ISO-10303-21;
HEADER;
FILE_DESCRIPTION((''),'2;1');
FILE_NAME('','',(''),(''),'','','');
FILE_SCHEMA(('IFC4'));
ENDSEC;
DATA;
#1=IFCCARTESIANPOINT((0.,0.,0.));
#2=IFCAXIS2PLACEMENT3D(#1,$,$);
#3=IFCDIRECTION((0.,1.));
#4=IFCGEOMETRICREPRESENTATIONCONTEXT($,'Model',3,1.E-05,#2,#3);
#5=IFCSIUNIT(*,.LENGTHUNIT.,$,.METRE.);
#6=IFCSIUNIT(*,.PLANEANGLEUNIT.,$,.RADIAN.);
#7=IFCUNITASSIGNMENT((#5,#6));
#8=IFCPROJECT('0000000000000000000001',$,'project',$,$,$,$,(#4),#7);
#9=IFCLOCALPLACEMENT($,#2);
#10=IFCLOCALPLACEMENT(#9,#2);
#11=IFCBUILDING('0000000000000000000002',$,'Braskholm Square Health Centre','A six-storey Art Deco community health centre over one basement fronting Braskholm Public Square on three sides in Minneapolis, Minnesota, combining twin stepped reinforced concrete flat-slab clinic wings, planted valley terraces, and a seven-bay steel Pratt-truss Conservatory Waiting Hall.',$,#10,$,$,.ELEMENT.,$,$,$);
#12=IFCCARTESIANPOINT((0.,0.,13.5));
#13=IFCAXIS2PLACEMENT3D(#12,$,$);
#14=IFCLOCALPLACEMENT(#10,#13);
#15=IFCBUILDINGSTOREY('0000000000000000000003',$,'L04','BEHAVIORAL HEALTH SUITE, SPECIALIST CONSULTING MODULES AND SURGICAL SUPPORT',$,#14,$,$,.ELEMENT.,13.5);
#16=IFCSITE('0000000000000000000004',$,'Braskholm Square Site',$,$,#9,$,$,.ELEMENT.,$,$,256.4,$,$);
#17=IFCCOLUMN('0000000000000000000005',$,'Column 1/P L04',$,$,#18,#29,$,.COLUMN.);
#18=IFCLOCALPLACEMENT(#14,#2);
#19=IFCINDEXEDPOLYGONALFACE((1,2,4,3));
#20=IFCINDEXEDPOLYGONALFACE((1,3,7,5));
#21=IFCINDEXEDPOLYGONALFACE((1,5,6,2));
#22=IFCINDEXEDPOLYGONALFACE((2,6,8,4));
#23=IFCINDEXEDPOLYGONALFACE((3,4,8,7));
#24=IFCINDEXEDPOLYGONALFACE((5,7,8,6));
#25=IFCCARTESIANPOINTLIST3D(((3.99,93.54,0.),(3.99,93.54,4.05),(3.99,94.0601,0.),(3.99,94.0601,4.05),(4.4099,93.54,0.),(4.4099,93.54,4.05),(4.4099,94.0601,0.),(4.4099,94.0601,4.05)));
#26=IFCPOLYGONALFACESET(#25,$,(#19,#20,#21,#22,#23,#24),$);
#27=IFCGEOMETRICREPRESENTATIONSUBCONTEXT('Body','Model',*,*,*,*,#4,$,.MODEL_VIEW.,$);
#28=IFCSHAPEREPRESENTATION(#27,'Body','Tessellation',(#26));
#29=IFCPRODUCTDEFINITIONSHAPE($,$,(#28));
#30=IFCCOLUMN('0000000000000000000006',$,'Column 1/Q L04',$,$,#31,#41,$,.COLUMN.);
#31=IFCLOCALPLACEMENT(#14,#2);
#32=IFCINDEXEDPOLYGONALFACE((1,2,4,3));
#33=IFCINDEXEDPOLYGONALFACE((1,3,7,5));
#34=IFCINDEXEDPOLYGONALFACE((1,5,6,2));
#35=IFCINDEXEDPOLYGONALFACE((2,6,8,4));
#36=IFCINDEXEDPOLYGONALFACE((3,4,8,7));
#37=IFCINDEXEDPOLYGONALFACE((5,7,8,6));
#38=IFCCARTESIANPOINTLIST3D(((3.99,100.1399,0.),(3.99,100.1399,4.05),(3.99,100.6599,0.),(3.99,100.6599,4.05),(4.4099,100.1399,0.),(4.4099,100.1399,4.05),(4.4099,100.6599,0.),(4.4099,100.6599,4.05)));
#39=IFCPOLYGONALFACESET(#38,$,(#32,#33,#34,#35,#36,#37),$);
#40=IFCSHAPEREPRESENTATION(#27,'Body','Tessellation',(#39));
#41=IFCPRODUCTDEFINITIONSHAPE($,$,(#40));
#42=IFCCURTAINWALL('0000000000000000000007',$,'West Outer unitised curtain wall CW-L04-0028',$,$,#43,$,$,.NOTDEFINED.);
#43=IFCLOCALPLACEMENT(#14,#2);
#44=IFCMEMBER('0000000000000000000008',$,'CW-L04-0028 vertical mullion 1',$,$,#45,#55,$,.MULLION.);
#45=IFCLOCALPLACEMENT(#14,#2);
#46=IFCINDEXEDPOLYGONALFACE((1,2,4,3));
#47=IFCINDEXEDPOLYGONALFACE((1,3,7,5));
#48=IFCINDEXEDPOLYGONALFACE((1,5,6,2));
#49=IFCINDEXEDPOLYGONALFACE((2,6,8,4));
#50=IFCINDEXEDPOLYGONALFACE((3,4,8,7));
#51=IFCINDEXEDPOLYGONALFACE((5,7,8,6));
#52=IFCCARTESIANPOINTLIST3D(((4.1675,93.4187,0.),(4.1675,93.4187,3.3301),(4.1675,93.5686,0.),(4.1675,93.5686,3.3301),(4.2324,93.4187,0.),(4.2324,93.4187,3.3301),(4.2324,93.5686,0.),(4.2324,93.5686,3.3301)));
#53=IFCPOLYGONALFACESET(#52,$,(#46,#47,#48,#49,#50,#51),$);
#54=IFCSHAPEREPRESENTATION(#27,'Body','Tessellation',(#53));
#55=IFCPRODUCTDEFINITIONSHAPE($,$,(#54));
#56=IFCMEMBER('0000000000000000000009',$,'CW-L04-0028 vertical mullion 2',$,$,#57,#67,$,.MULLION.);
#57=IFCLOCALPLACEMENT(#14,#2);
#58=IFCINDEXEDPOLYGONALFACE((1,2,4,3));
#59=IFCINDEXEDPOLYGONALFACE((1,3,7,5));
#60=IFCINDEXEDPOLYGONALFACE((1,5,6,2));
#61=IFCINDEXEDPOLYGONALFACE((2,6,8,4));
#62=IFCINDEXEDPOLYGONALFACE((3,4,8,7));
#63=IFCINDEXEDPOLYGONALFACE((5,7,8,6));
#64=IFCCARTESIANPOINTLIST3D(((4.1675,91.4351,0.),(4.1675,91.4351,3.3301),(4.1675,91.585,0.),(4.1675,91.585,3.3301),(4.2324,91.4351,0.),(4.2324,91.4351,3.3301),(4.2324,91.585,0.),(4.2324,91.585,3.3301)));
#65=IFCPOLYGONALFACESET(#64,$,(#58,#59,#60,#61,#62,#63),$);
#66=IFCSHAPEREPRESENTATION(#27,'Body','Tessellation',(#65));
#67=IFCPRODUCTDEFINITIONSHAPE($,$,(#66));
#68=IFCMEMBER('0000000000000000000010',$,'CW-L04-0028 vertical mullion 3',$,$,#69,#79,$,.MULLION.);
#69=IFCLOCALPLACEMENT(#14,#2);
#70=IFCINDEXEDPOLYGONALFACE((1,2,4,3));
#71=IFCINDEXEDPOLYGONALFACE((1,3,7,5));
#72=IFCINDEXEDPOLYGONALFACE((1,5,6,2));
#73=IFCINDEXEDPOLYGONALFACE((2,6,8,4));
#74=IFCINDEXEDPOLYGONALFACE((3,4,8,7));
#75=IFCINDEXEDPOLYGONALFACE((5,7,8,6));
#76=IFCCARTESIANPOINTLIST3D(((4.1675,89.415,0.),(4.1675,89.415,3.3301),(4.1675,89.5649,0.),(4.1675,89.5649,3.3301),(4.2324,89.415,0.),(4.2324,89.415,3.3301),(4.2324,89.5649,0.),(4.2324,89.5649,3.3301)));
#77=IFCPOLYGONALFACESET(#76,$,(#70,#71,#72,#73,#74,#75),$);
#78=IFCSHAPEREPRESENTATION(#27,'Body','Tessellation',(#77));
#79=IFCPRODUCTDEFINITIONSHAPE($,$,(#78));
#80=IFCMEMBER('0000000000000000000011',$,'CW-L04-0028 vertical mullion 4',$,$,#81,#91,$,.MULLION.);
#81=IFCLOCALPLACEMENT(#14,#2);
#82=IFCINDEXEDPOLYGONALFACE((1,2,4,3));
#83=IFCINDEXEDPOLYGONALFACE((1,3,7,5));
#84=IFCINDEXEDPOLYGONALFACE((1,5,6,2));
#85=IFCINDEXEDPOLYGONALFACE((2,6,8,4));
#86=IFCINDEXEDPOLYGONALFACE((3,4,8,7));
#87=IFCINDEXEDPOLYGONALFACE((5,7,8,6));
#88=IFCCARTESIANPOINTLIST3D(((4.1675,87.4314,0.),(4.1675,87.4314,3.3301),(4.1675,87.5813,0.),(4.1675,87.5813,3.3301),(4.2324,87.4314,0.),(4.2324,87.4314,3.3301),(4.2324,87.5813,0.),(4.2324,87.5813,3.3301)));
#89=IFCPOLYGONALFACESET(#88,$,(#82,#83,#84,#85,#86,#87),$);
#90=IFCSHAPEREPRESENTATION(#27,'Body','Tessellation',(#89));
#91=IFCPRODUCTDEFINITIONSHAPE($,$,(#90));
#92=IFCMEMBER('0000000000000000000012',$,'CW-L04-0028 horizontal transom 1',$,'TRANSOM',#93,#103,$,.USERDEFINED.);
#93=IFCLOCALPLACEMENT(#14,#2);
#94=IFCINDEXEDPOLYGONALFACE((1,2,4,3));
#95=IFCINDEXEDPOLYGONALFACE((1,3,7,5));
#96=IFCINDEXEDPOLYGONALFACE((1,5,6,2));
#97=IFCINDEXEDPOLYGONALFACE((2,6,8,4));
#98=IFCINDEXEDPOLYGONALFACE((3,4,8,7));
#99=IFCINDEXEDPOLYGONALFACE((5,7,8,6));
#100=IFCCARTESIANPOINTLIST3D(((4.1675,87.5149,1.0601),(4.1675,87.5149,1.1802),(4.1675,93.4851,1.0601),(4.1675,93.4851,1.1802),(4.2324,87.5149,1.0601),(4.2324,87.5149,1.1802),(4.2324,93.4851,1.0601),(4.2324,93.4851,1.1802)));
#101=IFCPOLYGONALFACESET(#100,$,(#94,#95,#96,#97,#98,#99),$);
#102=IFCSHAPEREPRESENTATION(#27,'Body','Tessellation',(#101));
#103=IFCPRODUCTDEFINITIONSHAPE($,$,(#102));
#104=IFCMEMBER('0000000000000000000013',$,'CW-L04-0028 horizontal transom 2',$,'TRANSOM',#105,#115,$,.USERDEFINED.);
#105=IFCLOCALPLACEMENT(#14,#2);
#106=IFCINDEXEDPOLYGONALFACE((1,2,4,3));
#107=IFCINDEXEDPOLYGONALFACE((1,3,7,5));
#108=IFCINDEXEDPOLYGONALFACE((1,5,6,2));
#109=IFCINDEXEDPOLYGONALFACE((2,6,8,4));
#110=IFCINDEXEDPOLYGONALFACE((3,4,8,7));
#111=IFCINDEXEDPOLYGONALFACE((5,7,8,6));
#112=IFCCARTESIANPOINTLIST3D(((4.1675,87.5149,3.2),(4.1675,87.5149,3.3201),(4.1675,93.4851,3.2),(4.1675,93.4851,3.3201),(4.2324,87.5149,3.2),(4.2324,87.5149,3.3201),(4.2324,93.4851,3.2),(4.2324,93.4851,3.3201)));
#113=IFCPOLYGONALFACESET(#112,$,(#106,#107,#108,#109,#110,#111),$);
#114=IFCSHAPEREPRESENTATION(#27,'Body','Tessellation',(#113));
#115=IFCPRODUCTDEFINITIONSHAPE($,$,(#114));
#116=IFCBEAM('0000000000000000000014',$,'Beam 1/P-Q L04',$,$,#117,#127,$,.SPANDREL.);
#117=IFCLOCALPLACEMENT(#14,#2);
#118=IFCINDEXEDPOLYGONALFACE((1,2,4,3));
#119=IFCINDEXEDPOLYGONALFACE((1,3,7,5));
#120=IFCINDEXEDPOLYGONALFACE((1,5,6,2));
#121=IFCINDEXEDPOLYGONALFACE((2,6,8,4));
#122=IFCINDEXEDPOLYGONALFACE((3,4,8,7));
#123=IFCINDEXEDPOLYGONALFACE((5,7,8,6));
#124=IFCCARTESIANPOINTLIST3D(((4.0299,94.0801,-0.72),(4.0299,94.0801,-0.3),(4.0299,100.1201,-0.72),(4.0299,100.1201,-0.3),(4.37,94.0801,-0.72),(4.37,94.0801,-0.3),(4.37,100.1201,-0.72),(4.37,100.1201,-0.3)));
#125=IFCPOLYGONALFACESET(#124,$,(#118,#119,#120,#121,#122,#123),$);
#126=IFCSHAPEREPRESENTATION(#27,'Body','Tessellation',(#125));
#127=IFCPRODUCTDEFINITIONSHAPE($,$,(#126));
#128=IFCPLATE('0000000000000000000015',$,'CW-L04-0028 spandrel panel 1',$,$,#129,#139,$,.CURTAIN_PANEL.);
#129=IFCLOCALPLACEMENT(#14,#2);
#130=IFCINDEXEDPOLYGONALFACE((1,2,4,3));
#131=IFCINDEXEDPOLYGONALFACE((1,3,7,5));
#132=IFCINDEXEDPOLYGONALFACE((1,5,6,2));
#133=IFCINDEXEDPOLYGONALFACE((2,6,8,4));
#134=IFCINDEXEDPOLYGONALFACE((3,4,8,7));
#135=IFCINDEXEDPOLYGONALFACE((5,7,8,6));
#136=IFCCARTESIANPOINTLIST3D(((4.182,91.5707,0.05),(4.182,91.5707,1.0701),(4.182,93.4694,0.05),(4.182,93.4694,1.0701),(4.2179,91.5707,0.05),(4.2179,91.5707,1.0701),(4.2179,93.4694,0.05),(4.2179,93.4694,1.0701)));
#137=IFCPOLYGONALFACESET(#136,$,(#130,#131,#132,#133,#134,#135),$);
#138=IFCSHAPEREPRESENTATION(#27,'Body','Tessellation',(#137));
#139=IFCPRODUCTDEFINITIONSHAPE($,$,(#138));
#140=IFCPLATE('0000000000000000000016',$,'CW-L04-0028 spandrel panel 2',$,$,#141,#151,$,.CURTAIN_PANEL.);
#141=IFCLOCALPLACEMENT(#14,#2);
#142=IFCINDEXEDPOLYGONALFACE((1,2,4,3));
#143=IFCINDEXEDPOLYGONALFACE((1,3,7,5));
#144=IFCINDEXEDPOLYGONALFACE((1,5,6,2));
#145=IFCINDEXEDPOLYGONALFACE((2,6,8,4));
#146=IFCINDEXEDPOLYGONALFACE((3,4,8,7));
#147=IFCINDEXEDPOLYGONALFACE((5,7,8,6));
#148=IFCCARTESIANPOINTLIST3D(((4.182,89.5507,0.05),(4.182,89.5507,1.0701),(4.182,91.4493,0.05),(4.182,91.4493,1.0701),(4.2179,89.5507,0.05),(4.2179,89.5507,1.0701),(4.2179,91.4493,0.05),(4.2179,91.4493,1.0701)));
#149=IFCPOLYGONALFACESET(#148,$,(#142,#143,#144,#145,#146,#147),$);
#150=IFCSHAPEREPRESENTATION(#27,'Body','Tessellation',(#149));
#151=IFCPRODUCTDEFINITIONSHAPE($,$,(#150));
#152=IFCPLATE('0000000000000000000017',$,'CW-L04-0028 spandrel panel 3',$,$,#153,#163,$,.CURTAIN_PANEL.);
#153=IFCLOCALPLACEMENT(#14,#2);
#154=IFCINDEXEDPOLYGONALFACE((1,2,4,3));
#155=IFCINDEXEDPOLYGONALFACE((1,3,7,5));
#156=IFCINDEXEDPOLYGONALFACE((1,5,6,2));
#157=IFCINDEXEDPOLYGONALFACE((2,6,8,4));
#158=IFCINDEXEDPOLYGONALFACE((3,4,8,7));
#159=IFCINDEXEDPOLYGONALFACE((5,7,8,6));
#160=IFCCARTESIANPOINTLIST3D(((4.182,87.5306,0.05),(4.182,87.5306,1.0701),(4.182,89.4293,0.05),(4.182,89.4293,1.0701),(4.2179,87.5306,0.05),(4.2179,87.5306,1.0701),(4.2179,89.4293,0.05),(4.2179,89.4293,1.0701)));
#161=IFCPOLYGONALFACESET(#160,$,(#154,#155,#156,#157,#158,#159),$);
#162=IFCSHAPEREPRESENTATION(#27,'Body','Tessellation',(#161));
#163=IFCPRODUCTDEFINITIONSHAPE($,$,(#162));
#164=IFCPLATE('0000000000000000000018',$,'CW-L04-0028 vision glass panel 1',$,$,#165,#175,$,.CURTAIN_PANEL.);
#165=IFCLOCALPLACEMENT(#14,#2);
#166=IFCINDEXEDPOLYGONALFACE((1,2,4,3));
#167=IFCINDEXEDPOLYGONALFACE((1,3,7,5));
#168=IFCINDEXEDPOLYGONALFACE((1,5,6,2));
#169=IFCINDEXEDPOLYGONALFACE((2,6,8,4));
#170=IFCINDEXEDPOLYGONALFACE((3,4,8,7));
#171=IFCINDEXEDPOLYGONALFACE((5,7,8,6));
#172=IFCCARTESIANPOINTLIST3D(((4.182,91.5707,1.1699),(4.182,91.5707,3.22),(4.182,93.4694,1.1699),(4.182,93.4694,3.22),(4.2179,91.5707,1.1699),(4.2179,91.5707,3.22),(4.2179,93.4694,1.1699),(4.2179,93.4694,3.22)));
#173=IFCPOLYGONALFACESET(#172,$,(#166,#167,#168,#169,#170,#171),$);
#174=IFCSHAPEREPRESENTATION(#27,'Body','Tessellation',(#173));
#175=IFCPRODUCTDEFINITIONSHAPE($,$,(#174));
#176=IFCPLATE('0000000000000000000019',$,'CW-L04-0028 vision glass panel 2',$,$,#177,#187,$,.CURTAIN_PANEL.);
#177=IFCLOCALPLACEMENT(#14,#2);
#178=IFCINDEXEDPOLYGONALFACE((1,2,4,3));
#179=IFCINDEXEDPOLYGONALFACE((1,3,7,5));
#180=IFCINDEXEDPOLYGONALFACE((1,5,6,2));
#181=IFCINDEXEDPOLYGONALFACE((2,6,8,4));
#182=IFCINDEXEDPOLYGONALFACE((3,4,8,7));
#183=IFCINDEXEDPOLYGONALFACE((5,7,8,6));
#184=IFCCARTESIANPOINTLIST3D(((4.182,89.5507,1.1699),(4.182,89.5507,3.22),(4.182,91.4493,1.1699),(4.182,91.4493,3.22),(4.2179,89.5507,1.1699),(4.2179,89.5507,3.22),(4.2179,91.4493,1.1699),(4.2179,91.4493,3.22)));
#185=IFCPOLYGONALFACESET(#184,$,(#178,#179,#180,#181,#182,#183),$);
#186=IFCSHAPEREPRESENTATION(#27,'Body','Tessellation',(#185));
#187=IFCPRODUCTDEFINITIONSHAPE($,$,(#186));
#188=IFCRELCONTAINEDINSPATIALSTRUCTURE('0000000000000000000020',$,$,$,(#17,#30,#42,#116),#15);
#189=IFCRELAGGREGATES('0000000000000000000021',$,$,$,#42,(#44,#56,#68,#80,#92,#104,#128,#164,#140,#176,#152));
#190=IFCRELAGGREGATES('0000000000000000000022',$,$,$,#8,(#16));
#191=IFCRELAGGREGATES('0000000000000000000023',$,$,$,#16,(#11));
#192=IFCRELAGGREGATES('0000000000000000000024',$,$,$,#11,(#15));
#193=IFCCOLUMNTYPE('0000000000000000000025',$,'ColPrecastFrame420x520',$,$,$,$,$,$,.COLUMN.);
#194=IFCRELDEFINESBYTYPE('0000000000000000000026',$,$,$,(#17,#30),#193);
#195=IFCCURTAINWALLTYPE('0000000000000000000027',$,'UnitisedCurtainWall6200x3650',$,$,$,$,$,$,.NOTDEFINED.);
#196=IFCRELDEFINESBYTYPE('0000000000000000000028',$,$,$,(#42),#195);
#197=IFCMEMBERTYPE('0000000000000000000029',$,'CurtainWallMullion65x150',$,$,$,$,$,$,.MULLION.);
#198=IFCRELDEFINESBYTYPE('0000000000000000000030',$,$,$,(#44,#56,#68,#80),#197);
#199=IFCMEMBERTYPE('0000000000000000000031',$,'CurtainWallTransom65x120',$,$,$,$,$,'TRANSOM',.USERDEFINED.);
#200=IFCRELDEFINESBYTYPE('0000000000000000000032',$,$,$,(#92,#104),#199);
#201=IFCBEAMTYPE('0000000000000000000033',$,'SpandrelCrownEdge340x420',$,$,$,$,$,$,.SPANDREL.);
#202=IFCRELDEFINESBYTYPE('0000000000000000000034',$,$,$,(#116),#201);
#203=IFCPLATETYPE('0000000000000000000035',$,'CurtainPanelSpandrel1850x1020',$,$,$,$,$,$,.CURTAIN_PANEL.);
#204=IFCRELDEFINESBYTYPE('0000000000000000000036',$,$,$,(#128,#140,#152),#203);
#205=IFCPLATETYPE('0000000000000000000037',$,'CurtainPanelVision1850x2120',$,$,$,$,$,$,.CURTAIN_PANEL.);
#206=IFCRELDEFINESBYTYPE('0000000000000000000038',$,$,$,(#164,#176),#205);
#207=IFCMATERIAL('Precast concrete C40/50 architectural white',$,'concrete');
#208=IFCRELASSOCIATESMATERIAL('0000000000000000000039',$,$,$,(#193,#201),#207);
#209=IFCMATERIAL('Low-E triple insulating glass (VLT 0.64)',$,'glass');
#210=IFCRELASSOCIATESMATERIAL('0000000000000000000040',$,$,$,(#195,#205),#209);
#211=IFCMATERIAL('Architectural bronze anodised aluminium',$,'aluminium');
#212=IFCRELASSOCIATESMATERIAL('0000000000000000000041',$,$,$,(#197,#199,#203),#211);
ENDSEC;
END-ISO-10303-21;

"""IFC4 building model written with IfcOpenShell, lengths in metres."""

from ifc_helpers import new_model, si_unit, direction, frame, origin, origin_2d, place, context, subcontext, project, spatial, rectangle, extrude, material, material_profile, profile_set, type_object, element, aggregate, save


model = new_model("IFC4")

# Units and contexts
model_context = context("Model", 3, precision=1e-05, world=origin(), true_north=direction((0.0, 1.0)))
body_context = subcontext(model_context, "Body", "Model", "MODEL_VIEW")
ifc_project = project(units=[si_unit("LENGTHUNIT", "METRE"), si_unit("PLANEANGLEUNIT", "RADIAN")], contexts=[model_context])

# Site, building, storey
site_placement = place(None, origin())
site = spatial("IfcSite", under=ifc_project, at=site_placement, Name="Braskholm Square Site", CompositionType="ELEMENT", RefElevation=256.4)
building_placement = place(site_placement, origin())
building = spatial("IfcBuilding", under=site, at=building_placement, Name="Braskholm Square Health Centre", Description="A six-storey Art Deco community health centre over one basement fronting Braskholm Public Square on three sides in Minneapolis, Minnesota, combining twin stepped reinforced concrete flat-slab clinic wings, planted valley terraces, and a seven-bay steel Pratt-truss Conservatory Waiting Hall.", CompositionType="ELEMENT")
storey_placement = place(building_placement, frame((0.0, 0.0, 13.5)))
storey = spatial("IfcBuildingStorey", under=building, at=storey_placement, Name="L04", Description="BEHAVIORAL HEALTH SUITE, SPECIALIST CONSULTING MODULES AND SURGICAL SUPPORT", CompositionType="ELEMENT", Elevation=13.5)

# Columns
ifc_material_1 = material(Name="Precast concrete C40/50 architectural white", Category="concrete")
ifc_material_profile_1 = material_profile(ifc_material_1, rectangle(XDim=0.4199, YDim=0.52, at=origin_2d()), Name="RC-420X520")
ifc_profile_set_1 = profile_set([ifc_material_profile_1], Name="Precast concrete C40/50 architectural white")
column_type = type_object("IfcColumnType", Name="ColPrecastFrame420x520", PredefinedType="COLUMN", material=ifc_profile_set_1)
for number, where, z_axis, x_axis, name in (
    (1, (4.2, 93.8, 0.0), (0.0, 0.0, 1.0), (1.0, 0.0, 0.0), "Column 1/P L04"),
    (2, (4.2, 100.3999, 0.0), (0.0, 0.0, 1.0), (1.0, 0.0, 0.0), "Column 1/Q L04"),
):
    element("IfcColumn", number, at=place(storey_placement, frame(where, z_axis=z_axis, x_axis=x_axis)), inside=storey, type_object=column_type, Name=name, PredefinedType="COLUMN", context=body_context, shape_type="SweptSolid", body=[
        extrude(rectangle(XDim=0.4199, YDim=0.52, at=origin_2d()), origin(), (0.0, 0.0, 1.0), 4.05),
    ])

# Curtain wall, members
ifc_material_2 = material(Name="Low-E triple insulating glass (VLT 0.64)", Category="glass")
curtain_wall_type = type_object("IfcCurtainWallType", Name="UnitisedCurtainWall6200x3650", PredefinedType="NOTDEFINED", material=ifc_material_2)
curtain_wall_placement = place(storey_placement, origin())
curtain_wall = element("IfcCurtainWall", 3, at=curtain_wall_placement, inside=storey, type_object=curtain_wall_type, Name="West Outer unitised curtain wall CW-L04-0028", PredefinedType="NOTDEFINED")
ifc_material_3 = material(Name="Architectural bronze anodised aluminium", Category="aluminium")
ifc_material_profile_2 = material_profile(ifc_material_3, rectangle(XDim=0.0649, YDim=0.1499, at=origin_2d()), Name="ALU-65X150")
ifc_profile_set_2 = profile_set([ifc_material_profile_2], Name="Architectural bronze anodised aluminium")
member_type_1 = type_object("IfcMemberType", Name="CurtainWallMullion65x150", PredefinedType="MULLION", material=ifc_profile_set_2)
member_1_placement = place(storey_placement, frame((4.2, 93.4937, 0.0), z_axis=(0.0, 0.0, 1.0), x_axis=(1.0, 0.0, 0.0)))
member_1 = element("IfcMember", 4, at=member_1_placement, type_object=member_type_1, Name="CW-L04-0028 vertical mullion 1", PredefinedType="MULLION", context=body_context, shape_type="SweptSolid", body=[
    extrude(rectangle(XDim=0.0649, YDim=0.1499, at=origin_2d()), origin(), (0.0, 0.0, 1.0), 3.3301),
])
member_2_placement = place(storey_placement, frame((4.2, 91.51, 0.0), z_axis=(0.0, 0.0, 1.0), x_axis=(1.0, 0.0, 0.0)))
member_2 = element("IfcMember", 5, at=member_2_placement, type_object=member_type_1, Name="CW-L04-0028 vertical mullion 2", PredefinedType="MULLION", context=body_context, shape_type="SweptSolid", body=[
    extrude(rectangle(XDim=0.0649, YDim=0.1499, at=origin_2d()), origin(), (0.0, 0.0, 1.0), 3.3301),
])
member_3_placement = place(storey_placement, frame((4.2, 89.49, 0.0), z_axis=(0.0, 0.0, 1.0), x_axis=(1.0, 0.0, 0.0)))
member_3 = element("IfcMember", 6, at=member_3_placement, type_object=member_type_1, Name="CW-L04-0028 vertical mullion 3", PredefinedType="MULLION", context=body_context, shape_type="SweptSolid", body=[
    extrude(rectangle(XDim=0.0649, YDim=0.1499, at=origin_2d()), origin(), (0.0, 0.0, 1.0), 3.3301),
])
member_4_placement = place(storey_placement, frame((4.2, 87.5063, 0.0), z_axis=(0.0, 0.0, 1.0), x_axis=(1.0, 0.0, 0.0)))
member_4 = element("IfcMember", 7, at=member_4_placement, type_object=member_type_1, Name="CW-L04-0028 vertical mullion 4", PredefinedType="MULLION", context=body_context, shape_type="SweptSolid", body=[
    extrude(rectangle(XDim=0.0649, YDim=0.1499, at=origin_2d()), origin(), (0.0, 0.0, 1.0), 3.3301),
])
ifc_material_profile_3 = material_profile(ifc_material_3, rectangle(XDim=0.0649, YDim=0.1201, at=origin_2d()), Name="ALU-65X120")
ifc_profile_set_3 = profile_set([ifc_material_profile_3], Name="Architectural bronze anodised aluminium")
member_type_2 = type_object("IfcMemberType", Name="CurtainWallTransom65x120", ElementType="TRANSOM", PredefinedType="USERDEFINED", material=ifc_profile_set_3)
member_5_placement = place(storey_placement, frame((4.2, 93.4851, 1.1201), z_axis=(0.0, -1.0, 0.0), x_axis=(1.0, 0.0, 0.0)))
member_5 = element("IfcMember", 8, at=member_5_placement, type_object=member_type_2, Name="CW-L04-0028 horizontal transom 1", ObjectType="TRANSOM", PredefinedType="USERDEFINED", context=body_context, shape_type="SweptSolid", body=[
    extrude(rectangle(XDim=0.0649, YDim=0.1201, at=origin_2d()), origin(), (0.0, 0.0, 1.0), 5.9702),
])
member_6_placement = place(storey_placement, frame((4.2, 93.4851, 3.26), z_axis=(0.0, -1.0, 0.0), x_axis=(1.0, 0.0, 0.0)))
member_6 = element("IfcMember", 9, at=member_6_placement, type_object=member_type_2, Name="CW-L04-0028 horizontal transom 2", ObjectType="TRANSOM", PredefinedType="USERDEFINED", context=body_context, shape_type="SweptSolid", body=[
    extrude(rectangle(XDim=0.0649, YDim=0.1201, at=origin_2d()), origin(), (0.0, 0.0, 1.0), 5.9702),
])

# Beam
ifc_material_profile_4 = material_profile(ifc_material_1, rectangle(XDim=0.3401, YDim=0.4199, at=origin_2d()), Name="RCB-340X420")
ifc_profile_set_4 = profile_set([ifc_material_profile_4], Name="Precast concrete C40/50 architectural white")
beam_type = type_object("IfcBeamType", Name="SpandrelCrownEdge340x420", PredefinedType="SPANDREL", material=ifc_profile_set_4)
beam_placement = place(storey_placement, frame((4.2, 94.0801, -0.51), z_axis=(0.0, 1.0, 0.0), x_axis=(-1.0, 0.0, 0.0)))
element("IfcBeam", 10, at=beam_placement, inside=storey, type_object=beam_type, Name="Beam 1/P-Q L04", PredefinedType="SPANDREL", context=body_context, shape_type="SweptSolid", body=[
    extrude(rectangle(XDim=0.3401, YDim=0.4199, at=origin_2d()), origin(), (0.0, 0.0, 1.0), 6.04),
])

# Plates
plate_type_1 = type_object("IfcPlateType", Name="CurtainPanelSpandrel1850x1020", PredefinedType="CURTAIN_PANEL", material=ifc_material_3)
plate_1_placement = place(storey_placement, frame((4.2, 92.52, 0.05), z_axis=(0.0, 0.0, 1.0), x_axis=(0.0, -1.0, 0.0)))
plate_1 = element("IfcPlate", 11, at=plate_1_placement, type_object=plate_type_1, Name="CW-L04-0028 spandrel panel 1", PredefinedType="CURTAIN_PANEL", context=body_context, shape_type="SweptSolid", body=[
    extrude(rectangle(XDim=1.8987, YDim=0.0359, at=origin_2d()), origin(), (0.0, 0.0, 1.0), 1.02),
])
plate_2_placement = place(storey_placement, frame((4.2, 90.5, 0.05), z_axis=(0.0, 0.0, 1.0), x_axis=(0.0, -1.0, 0.0)))
plate_2 = element("IfcPlate", 12, at=plate_2_placement, type_object=plate_type_1, Name="CW-L04-0028 spandrel panel 2", PredefinedType="CURTAIN_PANEL", context=body_context, shape_type="SweptSolid", body=[
    extrude(rectangle(XDim=1.8987, YDim=0.0359, at=origin_2d()), origin(), (0.0, 0.0, 1.0), 1.02),
])
plate_3_placement = place(storey_placement, frame((4.2, 88.48, 0.05), z_axis=(0.0, 0.0, 1.0), x_axis=(0.0, -1.0, 0.0)))
plate_3 = element("IfcPlate", 13, at=plate_3_placement, type_object=plate_type_1, Name="CW-L04-0028 spandrel panel 3", PredefinedType="CURTAIN_PANEL", context=body_context, shape_type="SweptSolid", body=[
    extrude(rectangle(XDim=1.8987, YDim=0.0359, at=origin_2d()), origin(), (0.0, 0.0, 1.0), 1.02),
])
plate_type_2 = type_object("IfcPlateType", Name="CurtainPanelVision1850x2120", PredefinedType="CURTAIN_PANEL", material=ifc_material_2)
plate_4_placement = place(storey_placement, frame((4.2, 92.52, 1.1699), z_axis=(0.0, 0.0, 1.0), x_axis=(0.0, -1.0, 0.0)))
plate_4 = element("IfcPlate", 14, at=plate_4_placement, type_object=plate_type_2, Name="CW-L04-0028 vision glass panel 1", PredefinedType="CURTAIN_PANEL", context=body_context, shape_type="SweptSolid", body=[
    extrude(rectangle(XDim=1.8987, YDim=0.0359, at=origin_2d()), origin(), (0.0, 0.0, 1.0), 2.05),
])
plate_5_placement = place(storey_placement, frame((4.2, 90.5, 1.1699), z_axis=(0.0, 0.0, 1.0), x_axis=(0.0, -1.0, 0.0)))
plate_5 = element("IfcPlate", 15, at=plate_5_placement, type_object=plate_type_2, Name="CW-L04-0028 vision glass panel 2", PredefinedType="CURTAIN_PANEL", context=body_context, shape_type="SweptSolid", body=[
    extrude(rectangle(XDim=1.8987, YDim=0.0359, at=origin_2d()), origin(), (0.0, 0.0, 1.0), 2.05),
])
aggregate(curtain_wall, [member_1, member_2, member_3, member_4, member_5, member_6, plate_1, plate_4, plate_2, plate_5, plate_3])

save(model, "model.ifc")
